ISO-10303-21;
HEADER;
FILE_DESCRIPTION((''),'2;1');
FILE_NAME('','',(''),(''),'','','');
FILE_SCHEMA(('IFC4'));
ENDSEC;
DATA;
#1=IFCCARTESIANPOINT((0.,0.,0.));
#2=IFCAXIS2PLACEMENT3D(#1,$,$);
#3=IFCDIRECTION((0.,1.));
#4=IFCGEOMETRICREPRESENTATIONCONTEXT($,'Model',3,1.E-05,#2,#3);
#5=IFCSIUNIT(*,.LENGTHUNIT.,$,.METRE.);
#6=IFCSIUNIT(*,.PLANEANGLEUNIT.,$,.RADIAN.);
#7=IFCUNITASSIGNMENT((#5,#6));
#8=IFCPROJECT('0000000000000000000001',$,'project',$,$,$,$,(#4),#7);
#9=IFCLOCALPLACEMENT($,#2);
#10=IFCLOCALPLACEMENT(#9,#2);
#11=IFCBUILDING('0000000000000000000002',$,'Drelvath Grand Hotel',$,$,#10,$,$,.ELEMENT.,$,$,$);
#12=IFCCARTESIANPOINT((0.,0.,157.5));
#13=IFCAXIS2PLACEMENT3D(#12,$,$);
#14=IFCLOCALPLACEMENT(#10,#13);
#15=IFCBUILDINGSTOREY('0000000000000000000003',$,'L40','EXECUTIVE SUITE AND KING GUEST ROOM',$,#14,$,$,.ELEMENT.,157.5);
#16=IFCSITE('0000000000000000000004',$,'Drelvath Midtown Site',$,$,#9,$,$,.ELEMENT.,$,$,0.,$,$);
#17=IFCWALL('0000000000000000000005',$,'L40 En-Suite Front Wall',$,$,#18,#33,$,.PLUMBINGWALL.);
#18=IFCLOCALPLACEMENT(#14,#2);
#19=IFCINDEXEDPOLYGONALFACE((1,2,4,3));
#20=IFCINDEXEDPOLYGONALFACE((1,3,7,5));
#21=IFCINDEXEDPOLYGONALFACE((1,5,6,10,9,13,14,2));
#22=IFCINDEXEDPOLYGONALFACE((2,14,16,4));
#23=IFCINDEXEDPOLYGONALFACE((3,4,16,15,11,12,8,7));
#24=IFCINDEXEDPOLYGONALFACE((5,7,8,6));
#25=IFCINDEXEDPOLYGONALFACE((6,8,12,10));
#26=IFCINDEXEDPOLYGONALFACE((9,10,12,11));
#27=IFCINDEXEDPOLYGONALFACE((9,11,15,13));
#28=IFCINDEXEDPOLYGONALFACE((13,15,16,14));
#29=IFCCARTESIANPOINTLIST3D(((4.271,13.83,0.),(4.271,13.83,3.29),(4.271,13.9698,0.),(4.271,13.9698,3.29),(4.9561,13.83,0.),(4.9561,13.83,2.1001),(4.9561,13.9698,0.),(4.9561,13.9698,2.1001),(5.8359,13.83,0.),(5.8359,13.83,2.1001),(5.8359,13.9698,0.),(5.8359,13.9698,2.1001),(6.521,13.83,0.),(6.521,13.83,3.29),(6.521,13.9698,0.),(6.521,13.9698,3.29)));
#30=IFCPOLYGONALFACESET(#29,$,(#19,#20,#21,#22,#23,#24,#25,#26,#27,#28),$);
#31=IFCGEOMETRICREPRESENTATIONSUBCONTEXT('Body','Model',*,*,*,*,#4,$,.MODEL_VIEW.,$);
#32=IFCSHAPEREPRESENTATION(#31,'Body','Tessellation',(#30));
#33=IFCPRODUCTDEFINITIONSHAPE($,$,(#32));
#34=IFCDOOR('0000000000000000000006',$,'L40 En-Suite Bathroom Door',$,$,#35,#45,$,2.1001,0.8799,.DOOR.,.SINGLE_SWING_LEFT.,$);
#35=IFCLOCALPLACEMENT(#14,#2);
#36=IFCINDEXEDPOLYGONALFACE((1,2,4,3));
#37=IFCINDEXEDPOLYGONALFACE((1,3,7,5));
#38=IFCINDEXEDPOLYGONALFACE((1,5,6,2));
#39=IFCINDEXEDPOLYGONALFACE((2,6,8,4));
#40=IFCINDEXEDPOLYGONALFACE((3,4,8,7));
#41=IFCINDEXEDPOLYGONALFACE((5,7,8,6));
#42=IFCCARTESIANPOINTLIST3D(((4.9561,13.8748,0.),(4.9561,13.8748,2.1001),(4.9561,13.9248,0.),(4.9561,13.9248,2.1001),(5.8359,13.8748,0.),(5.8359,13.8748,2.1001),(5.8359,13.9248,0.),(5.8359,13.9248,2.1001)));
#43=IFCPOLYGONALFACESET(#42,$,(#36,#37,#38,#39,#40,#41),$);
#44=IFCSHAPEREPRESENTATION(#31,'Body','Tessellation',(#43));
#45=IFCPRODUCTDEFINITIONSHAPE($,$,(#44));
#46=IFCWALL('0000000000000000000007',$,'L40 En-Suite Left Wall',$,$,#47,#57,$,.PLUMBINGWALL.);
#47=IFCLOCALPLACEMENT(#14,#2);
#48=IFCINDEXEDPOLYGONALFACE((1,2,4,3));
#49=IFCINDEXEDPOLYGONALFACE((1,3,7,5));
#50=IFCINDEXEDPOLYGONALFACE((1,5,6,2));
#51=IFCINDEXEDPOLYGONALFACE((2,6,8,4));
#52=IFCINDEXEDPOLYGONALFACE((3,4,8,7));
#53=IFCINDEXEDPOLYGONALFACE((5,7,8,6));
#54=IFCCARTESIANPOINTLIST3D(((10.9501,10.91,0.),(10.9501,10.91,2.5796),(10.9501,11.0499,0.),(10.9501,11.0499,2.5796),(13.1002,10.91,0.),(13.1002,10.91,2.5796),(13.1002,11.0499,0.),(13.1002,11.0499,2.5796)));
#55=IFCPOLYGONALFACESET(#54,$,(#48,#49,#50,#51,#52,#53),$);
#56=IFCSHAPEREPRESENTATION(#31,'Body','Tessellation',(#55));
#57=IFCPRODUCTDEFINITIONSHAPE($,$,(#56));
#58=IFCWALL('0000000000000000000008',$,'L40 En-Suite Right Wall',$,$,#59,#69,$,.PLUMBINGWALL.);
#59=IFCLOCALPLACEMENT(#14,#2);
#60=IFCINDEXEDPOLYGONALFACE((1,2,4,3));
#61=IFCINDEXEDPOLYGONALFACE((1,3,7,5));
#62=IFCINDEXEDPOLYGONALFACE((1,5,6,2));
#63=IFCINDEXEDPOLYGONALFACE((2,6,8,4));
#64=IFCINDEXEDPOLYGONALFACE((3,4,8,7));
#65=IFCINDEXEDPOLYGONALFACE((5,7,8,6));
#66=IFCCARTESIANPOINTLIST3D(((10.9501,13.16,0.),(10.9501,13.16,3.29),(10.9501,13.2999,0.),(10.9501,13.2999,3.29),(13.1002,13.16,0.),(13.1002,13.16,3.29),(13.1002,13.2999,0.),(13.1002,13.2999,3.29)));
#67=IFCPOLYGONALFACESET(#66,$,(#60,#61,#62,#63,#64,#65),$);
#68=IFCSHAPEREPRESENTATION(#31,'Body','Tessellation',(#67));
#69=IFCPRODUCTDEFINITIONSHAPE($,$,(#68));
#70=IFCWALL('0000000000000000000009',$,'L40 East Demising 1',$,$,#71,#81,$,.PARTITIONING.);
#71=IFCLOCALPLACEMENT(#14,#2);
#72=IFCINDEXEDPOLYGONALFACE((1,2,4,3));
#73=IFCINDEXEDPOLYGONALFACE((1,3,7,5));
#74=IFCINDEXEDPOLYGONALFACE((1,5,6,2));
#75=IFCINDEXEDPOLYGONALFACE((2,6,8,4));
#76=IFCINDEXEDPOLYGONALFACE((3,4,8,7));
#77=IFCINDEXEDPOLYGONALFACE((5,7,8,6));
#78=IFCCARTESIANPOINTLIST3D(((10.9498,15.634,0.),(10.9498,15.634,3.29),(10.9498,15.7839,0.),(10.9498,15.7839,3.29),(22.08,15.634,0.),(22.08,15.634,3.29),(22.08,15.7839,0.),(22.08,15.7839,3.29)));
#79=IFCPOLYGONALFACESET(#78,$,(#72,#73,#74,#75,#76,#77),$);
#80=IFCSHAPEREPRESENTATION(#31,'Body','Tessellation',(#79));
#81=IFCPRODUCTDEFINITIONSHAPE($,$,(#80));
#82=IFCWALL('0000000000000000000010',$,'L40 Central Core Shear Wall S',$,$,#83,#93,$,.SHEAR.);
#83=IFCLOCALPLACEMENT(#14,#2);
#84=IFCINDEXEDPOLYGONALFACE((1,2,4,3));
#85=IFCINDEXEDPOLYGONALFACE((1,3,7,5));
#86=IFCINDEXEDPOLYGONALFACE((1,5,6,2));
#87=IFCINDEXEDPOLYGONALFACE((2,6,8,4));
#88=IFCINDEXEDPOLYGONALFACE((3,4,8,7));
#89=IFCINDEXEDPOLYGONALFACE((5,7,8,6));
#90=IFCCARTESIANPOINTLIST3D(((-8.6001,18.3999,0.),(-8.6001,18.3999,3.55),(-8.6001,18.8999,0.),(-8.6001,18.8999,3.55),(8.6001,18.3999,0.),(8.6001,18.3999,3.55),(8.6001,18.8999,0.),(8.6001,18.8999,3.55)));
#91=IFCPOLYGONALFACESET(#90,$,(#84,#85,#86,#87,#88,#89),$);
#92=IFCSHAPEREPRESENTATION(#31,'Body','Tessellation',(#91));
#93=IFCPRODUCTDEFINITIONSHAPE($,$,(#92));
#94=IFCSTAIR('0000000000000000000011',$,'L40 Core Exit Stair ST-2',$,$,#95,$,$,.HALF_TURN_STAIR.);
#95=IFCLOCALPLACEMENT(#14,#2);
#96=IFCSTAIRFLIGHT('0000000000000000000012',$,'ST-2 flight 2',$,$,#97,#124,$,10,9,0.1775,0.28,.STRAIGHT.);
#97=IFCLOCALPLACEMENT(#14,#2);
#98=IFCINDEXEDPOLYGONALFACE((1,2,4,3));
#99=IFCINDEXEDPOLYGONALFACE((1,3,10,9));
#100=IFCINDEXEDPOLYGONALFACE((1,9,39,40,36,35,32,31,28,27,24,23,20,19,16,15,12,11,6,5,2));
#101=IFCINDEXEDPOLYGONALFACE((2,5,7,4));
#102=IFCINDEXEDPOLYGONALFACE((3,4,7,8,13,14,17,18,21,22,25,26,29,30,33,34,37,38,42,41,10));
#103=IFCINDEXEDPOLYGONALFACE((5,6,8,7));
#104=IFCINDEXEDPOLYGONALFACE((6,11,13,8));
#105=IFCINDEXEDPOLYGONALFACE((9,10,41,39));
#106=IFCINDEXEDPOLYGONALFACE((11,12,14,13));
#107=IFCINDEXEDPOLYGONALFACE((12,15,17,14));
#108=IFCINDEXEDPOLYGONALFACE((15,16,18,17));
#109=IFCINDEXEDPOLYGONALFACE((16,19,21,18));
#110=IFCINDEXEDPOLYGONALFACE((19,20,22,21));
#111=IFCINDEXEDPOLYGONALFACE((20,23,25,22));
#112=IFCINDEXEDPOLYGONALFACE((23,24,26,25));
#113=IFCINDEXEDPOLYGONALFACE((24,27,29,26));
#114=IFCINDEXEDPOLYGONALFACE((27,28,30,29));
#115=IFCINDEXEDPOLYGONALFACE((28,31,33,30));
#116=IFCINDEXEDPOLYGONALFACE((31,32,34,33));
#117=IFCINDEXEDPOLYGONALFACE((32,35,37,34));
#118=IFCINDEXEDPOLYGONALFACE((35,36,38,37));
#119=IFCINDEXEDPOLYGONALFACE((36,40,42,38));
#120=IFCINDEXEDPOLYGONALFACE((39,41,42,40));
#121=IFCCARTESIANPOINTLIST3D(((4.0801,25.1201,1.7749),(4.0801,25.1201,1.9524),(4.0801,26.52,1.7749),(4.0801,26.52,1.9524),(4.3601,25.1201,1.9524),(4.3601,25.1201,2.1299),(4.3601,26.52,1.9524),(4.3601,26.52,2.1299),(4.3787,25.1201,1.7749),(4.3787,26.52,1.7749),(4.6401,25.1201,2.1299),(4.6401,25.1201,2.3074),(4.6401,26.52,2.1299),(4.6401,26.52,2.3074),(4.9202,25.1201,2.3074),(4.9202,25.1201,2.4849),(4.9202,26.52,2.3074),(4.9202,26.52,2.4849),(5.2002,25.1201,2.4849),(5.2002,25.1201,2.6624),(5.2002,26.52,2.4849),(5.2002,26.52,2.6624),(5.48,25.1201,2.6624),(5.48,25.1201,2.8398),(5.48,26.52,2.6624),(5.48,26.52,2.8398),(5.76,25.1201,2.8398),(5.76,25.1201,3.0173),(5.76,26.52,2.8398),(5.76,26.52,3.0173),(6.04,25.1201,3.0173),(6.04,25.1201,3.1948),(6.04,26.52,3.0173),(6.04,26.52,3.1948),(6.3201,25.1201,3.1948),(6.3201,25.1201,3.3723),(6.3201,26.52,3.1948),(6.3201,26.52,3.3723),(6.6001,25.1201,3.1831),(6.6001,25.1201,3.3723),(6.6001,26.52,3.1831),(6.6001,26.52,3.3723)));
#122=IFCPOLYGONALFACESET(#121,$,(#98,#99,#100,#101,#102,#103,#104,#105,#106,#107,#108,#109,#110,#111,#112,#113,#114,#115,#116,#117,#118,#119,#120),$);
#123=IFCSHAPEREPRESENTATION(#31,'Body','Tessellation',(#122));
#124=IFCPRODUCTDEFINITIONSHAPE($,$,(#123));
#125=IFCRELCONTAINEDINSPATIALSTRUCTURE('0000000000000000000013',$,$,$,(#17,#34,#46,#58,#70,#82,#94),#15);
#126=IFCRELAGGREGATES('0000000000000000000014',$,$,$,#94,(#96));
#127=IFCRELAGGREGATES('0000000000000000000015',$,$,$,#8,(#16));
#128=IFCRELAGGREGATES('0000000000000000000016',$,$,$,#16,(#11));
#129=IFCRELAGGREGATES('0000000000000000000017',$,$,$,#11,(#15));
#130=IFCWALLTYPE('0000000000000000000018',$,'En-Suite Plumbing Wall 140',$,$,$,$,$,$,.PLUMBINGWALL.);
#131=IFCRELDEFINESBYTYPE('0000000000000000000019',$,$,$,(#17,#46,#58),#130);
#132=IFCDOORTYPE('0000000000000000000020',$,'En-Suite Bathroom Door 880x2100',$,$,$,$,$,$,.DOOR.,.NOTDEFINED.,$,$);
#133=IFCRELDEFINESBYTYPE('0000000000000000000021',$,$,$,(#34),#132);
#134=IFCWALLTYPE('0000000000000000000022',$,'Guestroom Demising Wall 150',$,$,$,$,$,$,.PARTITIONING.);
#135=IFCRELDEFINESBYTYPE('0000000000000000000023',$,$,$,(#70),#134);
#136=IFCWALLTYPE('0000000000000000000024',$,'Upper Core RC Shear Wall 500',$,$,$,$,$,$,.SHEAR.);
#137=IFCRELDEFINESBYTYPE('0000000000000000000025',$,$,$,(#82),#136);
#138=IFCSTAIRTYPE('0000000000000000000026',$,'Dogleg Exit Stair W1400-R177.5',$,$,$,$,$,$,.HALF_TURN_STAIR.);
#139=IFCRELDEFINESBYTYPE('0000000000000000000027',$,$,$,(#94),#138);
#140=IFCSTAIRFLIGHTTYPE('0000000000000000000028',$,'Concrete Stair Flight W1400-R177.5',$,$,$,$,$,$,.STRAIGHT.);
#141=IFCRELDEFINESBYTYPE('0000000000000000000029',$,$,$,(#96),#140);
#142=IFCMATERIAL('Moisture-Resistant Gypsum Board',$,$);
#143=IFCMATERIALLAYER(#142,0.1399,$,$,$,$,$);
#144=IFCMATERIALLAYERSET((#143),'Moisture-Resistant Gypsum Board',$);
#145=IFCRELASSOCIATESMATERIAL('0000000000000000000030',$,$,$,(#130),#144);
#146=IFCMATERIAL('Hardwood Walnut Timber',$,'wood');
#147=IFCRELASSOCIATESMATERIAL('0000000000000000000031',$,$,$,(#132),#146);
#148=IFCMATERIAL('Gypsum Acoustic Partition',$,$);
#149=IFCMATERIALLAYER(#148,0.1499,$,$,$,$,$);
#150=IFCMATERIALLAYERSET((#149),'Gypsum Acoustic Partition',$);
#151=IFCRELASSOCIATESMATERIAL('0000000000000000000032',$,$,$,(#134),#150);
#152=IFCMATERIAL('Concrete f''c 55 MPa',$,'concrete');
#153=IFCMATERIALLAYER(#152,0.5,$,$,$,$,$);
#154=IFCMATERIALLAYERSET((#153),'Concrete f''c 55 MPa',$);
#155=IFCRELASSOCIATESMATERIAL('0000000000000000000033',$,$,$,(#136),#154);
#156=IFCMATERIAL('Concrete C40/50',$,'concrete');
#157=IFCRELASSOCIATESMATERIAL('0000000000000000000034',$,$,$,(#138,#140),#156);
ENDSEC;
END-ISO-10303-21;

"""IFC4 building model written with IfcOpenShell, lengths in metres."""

from ifc_helpers import new_model, si_unit, direction, frame, frame_2d, origin, place, context, subcontext, project, spatial, polyline, rectangle, outline, extrude, material, layer, layer_set, type_object, element, fill, aggregate, save


model = new_model("IFC4")

# Units and contexts
model_context = context("Model", 3, precision=1e-05, world=origin(), true_north=direction((0.0, 1.0)))
body_context = subcontext(model_context, "Body", "Model", "MODEL_VIEW")
ifc_project = project(units=[si_unit("LENGTHUNIT", "METRE"), si_unit("PLANEANGLEUNIT", "RADIAN")], contexts=[model_context])

# Site, building, storey
site_placement = place(None, origin())
site = spatial("IfcSite", under=ifc_project, at=site_placement, Name="Drelvath Midtown Site", CompositionType="ELEMENT", RefElevation=0.0)
building_placement = place(site_placement, origin())
building = spatial("IfcBuilding", under=site, at=building_placement, Name="Drelvath Grand Hotel", CompositionType="ELEMENT")
storey_placement = place(building_placement, frame((0.0, 0.0, 157.5)))
storey = spatial("IfcBuildingStorey", under=building, at=storey_placement, Name="L40", Description="EXECUTIVE SUITE AND KING GUEST ROOM", CompositionType="ELEMENT", Elevation=157.5)

# Shared definitions
ifc_material_1 = material(Name="Concrete f'c 55 MPa", Category="concrete")

# Shared definitions
ifc_material_2 = material(Name="Concrete C40/50", Category="concrete")

# Shared definitions
ifc_material_3 = material(Name="Moisture-Resistant Gypsum Board")
ifc_layer_1 = layer(ifc_material_3, 0.1399)
ifc_layer_set_1 = layer_set([ifc_layer_1], Name="Moisture-Resistant Gypsum Board")
wall_type_1 = type_object("IfcWallType", Name="En-Suite Plumbing Wall 140", PredefinedType="PLUMBINGWALL", material=ifc_layer_set_1)

# Wall, opening, door
wall_1_placement = place(storey_placement, frame((4.271, 13.8999, 0.0), z_axis=(0.0, 0.0, 1.0), x_axis=(1.0, 0.0, 0.0)))
wall_1 = element("IfcWall", 1, at=wall_1_placement, inside=storey, type_object=wall_type_1, Name="L40 En-Suite Front Wall", PredefinedType="PLUMBINGWALL", context=body_context, shape_type="SweptSolid", body=[
    extrude(rectangle(XDim=2.25, YDim=0.1399, at=frame_2d((1.125, 0.0))), origin(), (0.0, 0.0, 1.0), 3.29),
])
opening_1_placement = place(wall_1_placement, frame((0.6851, 0.0, 0.0)))
opening_1 = element("IfcOpeningElement", 2, at=opening_1_placement, cuts=wall_1, PredefinedType="OPENING", context=body_context, shape_type="SweptSolid", body=[
    extrude(rectangle(XDim=0.8799, YDim=2.1001, at=frame_2d((0.4399, 1.05))), frame((0.0, 0.0798, 0.0), z_axis=(0.0, -1.0, 0.0), x_axis=(1.0, 0.0, 0.0)), (0.0, 0.0, 1.0), 0.1599),
])
ifc_material_4 = material(Name="Hardwood Walnut Timber", Category="wood")
door_type_1 = type_object("IfcDoorType", Name="En-Suite Bathroom Door 880x2100", OperationType="NOTDEFINED", PredefinedType="DOOR", material=ifc_material_4)
door_1_placement = place(opening_1_placement, origin())
door_1 = element("IfcDoor", 3, at=door_1_placement, inside=storey, type_object=door_type_1, Name="L40 En-Suite Bathroom Door", OperationType="SINGLE_SWING_LEFT", OverallHeight=2.1001, OverallWidth=0.8799, PredefinedType="DOOR", context=body_context, shape_type="SweptSolid", body=[
    extrude(rectangle(XDim=0.8799, YDim=2.1001, at=frame_2d((0.4399, 1.05))), frame((0.0, 0.0249, 0.0), z_axis=(0.0, -1.0, 0.0), x_axis=(1.0, 0.0, 0.0)), (0.0, 0.0, 1.0), 0.05),
])
fill(opening_1, door_1)

# Walls
wall_2_placement = place(storey_placement, frame((10.95, 10.98, 0.0), z_axis=(0.0, 0.0, 1.0), x_axis=(1.0, 0.0, 0.0)))
element("IfcWall", 4, at=wall_2_placement, inside=storey, type_object=wall_type_1, Name="L40 En-Suite Left Wall", PredefinedType="PLUMBINGWALL", context=body_context, shape_type="SweptSolid", body=[
    extrude(rectangle(XDim=2.1501, YDim=0.1399, at=frame_2d((1.0752, 0.0))), origin(), (0.0, 0.0, 1.0), 2.5796),
])
wall_3_placement = place(storey_placement, frame((10.95, 13.23, 0.0), z_axis=(0.0, 0.0, 1.0), x_axis=(1.0, 0.0, 0.0)))
element("IfcWall", 5, at=wall_3_placement, inside=storey, type_object=wall_type_1, Name="L40 En-Suite Right Wall", PredefinedType="PLUMBINGWALL", context=body_context, shape_type="SweptSolid", body=[
    extrude(rectangle(XDim=2.1501, YDim=0.1399, at=frame_2d((1.0752, 0.0))), origin(), (0.0, 0.0, 1.0), 3.29),
])
ifc_material_5 = material(Name="Gypsum Acoustic Partition")
ifc_layer_2 = layer(ifc_material_5, 0.1499)
ifc_layer_set_2 = layer_set([ifc_layer_2], Name="Gypsum Acoustic Partition")
wall_type_2 = type_object("IfcWallType", Name="Guestroom Demising Wall 150", PredefinedType="PARTITIONING", material=ifc_layer_set_2)
wall_4_placement = place(storey_placement, frame((10.95, 15.709, 0.0), z_axis=(0.0, 0.0, 1.0), x_axis=(1.0, 0.0, 0.0)))
element("IfcWall", 6, at=wall_4_placement, inside=storey, type_object=wall_type_2, Name="L40 East Demising 1", PredefinedType="PARTITIONING", context=body_context, shape_type="SweptSolid", body=[
    extrude(rectangle(XDim=11.1301, YDim=0.1499, at=frame_2d((5.5649, 0.0))), origin(), (0.0, 0.0, 1.0), 3.29),
])
ifc_layer_3 = layer(ifc_material_1, 0.5)
ifc_layer_set_3 = layer_set([ifc_layer_3], Name="Concrete f'c 55 MPa")
wall_type_3 = type_object("IfcWallType", Name="Upper Core RC Shear Wall 500", PredefinedType="SHEAR", material=ifc_layer_set_3)
wall_5_placement = place(storey_placement, frame((8.6001, 18.6499, 0.0), z_axis=(0.0, 0.0, 1.0), x_axis=(-1.0, 0.0, 0.0)))
element("IfcWall", 7, at=wall_5_placement, inside=storey, type_object=wall_type_3, Name="L40 Central Core Shear Wall S", PredefinedType="SHEAR", context=body_context, shape_type="SweptSolid", body=[
    extrude(rectangle(XDim=17.2002, YDim=0.5, at=frame_2d((8.6001, 0.0))), origin(), (0.0, 0.0, 1.0), 3.55),
])

# Stair, stair flight
stair_type = type_object("IfcStairType", Name="Dogleg Exit Stair W1400-R177.5", PredefinedType="HALF_TURN_STAIR", material=ifc_material_2)
stair_placement = place(storey_placement, origin())
stair = element("IfcStair", 8, at=stair_placement, inside=storey, type_object=stair_type, Name="L40 Core Exit Stair ST-2", PredefinedType="HALF_TURN_STAIR")
stair_flight_type = type_object("IfcStairFlightType", Name="Concrete Stair Flight W1400-R177.5", PredefinedType="STRAIGHT", material=ifc_material_2)
stair_flight_placement = place(storey_placement, frame((4.0801, 25.8201, 1.7749), z_axis=(0.0, 0.0, 1.0), x_axis=(1.0, 0.0, 0.0)))
stair_flight = element("IfcStairFlight", 9, at=stair_flight_placement, type_object=stair_flight_type, Name="ST-2 flight 2", NumberOfRisers=10, NumberOfTreads=9, PredefinedType="STRAIGHT", RiserHeight=0.1775, TreadLength=0.28, context=body_context, shape_type="SweptSolid", body=[
    extrude(outline(polyline([(0.0, 0.0), (0.0, 0.1775), (0.28, 0.1775), (0.28, 0.355), (0.5601, 0.355), (0.5601, 0.5325), (0.8401, 0.5325), (0.8401, 0.71), (1.1201, 0.71), (1.1201, 0.8875), (1.3999, 0.8875), (1.3999, 1.0649), (1.6799, 1.0649), (1.6799, 1.2424), (1.96, 1.2424), (1.96, 1.4199), (2.24, 1.4199), (2.24, 1.5974), (2.52, 1.5974), (2.52, 1.7749), (2.52, 1.4082), (0.2986, 0.0), (0.0, 0.0)])), frame((0.0, 0.7, 0.0), z_axis=(0.0, -1.0, 0.0), x_axis=(1.0, 0.0, 0.0)), (0.0, 0.0, 1.0), 1.3999),
])
aggregate(stair, [stair_flight])

save(model, "model.ifc")
